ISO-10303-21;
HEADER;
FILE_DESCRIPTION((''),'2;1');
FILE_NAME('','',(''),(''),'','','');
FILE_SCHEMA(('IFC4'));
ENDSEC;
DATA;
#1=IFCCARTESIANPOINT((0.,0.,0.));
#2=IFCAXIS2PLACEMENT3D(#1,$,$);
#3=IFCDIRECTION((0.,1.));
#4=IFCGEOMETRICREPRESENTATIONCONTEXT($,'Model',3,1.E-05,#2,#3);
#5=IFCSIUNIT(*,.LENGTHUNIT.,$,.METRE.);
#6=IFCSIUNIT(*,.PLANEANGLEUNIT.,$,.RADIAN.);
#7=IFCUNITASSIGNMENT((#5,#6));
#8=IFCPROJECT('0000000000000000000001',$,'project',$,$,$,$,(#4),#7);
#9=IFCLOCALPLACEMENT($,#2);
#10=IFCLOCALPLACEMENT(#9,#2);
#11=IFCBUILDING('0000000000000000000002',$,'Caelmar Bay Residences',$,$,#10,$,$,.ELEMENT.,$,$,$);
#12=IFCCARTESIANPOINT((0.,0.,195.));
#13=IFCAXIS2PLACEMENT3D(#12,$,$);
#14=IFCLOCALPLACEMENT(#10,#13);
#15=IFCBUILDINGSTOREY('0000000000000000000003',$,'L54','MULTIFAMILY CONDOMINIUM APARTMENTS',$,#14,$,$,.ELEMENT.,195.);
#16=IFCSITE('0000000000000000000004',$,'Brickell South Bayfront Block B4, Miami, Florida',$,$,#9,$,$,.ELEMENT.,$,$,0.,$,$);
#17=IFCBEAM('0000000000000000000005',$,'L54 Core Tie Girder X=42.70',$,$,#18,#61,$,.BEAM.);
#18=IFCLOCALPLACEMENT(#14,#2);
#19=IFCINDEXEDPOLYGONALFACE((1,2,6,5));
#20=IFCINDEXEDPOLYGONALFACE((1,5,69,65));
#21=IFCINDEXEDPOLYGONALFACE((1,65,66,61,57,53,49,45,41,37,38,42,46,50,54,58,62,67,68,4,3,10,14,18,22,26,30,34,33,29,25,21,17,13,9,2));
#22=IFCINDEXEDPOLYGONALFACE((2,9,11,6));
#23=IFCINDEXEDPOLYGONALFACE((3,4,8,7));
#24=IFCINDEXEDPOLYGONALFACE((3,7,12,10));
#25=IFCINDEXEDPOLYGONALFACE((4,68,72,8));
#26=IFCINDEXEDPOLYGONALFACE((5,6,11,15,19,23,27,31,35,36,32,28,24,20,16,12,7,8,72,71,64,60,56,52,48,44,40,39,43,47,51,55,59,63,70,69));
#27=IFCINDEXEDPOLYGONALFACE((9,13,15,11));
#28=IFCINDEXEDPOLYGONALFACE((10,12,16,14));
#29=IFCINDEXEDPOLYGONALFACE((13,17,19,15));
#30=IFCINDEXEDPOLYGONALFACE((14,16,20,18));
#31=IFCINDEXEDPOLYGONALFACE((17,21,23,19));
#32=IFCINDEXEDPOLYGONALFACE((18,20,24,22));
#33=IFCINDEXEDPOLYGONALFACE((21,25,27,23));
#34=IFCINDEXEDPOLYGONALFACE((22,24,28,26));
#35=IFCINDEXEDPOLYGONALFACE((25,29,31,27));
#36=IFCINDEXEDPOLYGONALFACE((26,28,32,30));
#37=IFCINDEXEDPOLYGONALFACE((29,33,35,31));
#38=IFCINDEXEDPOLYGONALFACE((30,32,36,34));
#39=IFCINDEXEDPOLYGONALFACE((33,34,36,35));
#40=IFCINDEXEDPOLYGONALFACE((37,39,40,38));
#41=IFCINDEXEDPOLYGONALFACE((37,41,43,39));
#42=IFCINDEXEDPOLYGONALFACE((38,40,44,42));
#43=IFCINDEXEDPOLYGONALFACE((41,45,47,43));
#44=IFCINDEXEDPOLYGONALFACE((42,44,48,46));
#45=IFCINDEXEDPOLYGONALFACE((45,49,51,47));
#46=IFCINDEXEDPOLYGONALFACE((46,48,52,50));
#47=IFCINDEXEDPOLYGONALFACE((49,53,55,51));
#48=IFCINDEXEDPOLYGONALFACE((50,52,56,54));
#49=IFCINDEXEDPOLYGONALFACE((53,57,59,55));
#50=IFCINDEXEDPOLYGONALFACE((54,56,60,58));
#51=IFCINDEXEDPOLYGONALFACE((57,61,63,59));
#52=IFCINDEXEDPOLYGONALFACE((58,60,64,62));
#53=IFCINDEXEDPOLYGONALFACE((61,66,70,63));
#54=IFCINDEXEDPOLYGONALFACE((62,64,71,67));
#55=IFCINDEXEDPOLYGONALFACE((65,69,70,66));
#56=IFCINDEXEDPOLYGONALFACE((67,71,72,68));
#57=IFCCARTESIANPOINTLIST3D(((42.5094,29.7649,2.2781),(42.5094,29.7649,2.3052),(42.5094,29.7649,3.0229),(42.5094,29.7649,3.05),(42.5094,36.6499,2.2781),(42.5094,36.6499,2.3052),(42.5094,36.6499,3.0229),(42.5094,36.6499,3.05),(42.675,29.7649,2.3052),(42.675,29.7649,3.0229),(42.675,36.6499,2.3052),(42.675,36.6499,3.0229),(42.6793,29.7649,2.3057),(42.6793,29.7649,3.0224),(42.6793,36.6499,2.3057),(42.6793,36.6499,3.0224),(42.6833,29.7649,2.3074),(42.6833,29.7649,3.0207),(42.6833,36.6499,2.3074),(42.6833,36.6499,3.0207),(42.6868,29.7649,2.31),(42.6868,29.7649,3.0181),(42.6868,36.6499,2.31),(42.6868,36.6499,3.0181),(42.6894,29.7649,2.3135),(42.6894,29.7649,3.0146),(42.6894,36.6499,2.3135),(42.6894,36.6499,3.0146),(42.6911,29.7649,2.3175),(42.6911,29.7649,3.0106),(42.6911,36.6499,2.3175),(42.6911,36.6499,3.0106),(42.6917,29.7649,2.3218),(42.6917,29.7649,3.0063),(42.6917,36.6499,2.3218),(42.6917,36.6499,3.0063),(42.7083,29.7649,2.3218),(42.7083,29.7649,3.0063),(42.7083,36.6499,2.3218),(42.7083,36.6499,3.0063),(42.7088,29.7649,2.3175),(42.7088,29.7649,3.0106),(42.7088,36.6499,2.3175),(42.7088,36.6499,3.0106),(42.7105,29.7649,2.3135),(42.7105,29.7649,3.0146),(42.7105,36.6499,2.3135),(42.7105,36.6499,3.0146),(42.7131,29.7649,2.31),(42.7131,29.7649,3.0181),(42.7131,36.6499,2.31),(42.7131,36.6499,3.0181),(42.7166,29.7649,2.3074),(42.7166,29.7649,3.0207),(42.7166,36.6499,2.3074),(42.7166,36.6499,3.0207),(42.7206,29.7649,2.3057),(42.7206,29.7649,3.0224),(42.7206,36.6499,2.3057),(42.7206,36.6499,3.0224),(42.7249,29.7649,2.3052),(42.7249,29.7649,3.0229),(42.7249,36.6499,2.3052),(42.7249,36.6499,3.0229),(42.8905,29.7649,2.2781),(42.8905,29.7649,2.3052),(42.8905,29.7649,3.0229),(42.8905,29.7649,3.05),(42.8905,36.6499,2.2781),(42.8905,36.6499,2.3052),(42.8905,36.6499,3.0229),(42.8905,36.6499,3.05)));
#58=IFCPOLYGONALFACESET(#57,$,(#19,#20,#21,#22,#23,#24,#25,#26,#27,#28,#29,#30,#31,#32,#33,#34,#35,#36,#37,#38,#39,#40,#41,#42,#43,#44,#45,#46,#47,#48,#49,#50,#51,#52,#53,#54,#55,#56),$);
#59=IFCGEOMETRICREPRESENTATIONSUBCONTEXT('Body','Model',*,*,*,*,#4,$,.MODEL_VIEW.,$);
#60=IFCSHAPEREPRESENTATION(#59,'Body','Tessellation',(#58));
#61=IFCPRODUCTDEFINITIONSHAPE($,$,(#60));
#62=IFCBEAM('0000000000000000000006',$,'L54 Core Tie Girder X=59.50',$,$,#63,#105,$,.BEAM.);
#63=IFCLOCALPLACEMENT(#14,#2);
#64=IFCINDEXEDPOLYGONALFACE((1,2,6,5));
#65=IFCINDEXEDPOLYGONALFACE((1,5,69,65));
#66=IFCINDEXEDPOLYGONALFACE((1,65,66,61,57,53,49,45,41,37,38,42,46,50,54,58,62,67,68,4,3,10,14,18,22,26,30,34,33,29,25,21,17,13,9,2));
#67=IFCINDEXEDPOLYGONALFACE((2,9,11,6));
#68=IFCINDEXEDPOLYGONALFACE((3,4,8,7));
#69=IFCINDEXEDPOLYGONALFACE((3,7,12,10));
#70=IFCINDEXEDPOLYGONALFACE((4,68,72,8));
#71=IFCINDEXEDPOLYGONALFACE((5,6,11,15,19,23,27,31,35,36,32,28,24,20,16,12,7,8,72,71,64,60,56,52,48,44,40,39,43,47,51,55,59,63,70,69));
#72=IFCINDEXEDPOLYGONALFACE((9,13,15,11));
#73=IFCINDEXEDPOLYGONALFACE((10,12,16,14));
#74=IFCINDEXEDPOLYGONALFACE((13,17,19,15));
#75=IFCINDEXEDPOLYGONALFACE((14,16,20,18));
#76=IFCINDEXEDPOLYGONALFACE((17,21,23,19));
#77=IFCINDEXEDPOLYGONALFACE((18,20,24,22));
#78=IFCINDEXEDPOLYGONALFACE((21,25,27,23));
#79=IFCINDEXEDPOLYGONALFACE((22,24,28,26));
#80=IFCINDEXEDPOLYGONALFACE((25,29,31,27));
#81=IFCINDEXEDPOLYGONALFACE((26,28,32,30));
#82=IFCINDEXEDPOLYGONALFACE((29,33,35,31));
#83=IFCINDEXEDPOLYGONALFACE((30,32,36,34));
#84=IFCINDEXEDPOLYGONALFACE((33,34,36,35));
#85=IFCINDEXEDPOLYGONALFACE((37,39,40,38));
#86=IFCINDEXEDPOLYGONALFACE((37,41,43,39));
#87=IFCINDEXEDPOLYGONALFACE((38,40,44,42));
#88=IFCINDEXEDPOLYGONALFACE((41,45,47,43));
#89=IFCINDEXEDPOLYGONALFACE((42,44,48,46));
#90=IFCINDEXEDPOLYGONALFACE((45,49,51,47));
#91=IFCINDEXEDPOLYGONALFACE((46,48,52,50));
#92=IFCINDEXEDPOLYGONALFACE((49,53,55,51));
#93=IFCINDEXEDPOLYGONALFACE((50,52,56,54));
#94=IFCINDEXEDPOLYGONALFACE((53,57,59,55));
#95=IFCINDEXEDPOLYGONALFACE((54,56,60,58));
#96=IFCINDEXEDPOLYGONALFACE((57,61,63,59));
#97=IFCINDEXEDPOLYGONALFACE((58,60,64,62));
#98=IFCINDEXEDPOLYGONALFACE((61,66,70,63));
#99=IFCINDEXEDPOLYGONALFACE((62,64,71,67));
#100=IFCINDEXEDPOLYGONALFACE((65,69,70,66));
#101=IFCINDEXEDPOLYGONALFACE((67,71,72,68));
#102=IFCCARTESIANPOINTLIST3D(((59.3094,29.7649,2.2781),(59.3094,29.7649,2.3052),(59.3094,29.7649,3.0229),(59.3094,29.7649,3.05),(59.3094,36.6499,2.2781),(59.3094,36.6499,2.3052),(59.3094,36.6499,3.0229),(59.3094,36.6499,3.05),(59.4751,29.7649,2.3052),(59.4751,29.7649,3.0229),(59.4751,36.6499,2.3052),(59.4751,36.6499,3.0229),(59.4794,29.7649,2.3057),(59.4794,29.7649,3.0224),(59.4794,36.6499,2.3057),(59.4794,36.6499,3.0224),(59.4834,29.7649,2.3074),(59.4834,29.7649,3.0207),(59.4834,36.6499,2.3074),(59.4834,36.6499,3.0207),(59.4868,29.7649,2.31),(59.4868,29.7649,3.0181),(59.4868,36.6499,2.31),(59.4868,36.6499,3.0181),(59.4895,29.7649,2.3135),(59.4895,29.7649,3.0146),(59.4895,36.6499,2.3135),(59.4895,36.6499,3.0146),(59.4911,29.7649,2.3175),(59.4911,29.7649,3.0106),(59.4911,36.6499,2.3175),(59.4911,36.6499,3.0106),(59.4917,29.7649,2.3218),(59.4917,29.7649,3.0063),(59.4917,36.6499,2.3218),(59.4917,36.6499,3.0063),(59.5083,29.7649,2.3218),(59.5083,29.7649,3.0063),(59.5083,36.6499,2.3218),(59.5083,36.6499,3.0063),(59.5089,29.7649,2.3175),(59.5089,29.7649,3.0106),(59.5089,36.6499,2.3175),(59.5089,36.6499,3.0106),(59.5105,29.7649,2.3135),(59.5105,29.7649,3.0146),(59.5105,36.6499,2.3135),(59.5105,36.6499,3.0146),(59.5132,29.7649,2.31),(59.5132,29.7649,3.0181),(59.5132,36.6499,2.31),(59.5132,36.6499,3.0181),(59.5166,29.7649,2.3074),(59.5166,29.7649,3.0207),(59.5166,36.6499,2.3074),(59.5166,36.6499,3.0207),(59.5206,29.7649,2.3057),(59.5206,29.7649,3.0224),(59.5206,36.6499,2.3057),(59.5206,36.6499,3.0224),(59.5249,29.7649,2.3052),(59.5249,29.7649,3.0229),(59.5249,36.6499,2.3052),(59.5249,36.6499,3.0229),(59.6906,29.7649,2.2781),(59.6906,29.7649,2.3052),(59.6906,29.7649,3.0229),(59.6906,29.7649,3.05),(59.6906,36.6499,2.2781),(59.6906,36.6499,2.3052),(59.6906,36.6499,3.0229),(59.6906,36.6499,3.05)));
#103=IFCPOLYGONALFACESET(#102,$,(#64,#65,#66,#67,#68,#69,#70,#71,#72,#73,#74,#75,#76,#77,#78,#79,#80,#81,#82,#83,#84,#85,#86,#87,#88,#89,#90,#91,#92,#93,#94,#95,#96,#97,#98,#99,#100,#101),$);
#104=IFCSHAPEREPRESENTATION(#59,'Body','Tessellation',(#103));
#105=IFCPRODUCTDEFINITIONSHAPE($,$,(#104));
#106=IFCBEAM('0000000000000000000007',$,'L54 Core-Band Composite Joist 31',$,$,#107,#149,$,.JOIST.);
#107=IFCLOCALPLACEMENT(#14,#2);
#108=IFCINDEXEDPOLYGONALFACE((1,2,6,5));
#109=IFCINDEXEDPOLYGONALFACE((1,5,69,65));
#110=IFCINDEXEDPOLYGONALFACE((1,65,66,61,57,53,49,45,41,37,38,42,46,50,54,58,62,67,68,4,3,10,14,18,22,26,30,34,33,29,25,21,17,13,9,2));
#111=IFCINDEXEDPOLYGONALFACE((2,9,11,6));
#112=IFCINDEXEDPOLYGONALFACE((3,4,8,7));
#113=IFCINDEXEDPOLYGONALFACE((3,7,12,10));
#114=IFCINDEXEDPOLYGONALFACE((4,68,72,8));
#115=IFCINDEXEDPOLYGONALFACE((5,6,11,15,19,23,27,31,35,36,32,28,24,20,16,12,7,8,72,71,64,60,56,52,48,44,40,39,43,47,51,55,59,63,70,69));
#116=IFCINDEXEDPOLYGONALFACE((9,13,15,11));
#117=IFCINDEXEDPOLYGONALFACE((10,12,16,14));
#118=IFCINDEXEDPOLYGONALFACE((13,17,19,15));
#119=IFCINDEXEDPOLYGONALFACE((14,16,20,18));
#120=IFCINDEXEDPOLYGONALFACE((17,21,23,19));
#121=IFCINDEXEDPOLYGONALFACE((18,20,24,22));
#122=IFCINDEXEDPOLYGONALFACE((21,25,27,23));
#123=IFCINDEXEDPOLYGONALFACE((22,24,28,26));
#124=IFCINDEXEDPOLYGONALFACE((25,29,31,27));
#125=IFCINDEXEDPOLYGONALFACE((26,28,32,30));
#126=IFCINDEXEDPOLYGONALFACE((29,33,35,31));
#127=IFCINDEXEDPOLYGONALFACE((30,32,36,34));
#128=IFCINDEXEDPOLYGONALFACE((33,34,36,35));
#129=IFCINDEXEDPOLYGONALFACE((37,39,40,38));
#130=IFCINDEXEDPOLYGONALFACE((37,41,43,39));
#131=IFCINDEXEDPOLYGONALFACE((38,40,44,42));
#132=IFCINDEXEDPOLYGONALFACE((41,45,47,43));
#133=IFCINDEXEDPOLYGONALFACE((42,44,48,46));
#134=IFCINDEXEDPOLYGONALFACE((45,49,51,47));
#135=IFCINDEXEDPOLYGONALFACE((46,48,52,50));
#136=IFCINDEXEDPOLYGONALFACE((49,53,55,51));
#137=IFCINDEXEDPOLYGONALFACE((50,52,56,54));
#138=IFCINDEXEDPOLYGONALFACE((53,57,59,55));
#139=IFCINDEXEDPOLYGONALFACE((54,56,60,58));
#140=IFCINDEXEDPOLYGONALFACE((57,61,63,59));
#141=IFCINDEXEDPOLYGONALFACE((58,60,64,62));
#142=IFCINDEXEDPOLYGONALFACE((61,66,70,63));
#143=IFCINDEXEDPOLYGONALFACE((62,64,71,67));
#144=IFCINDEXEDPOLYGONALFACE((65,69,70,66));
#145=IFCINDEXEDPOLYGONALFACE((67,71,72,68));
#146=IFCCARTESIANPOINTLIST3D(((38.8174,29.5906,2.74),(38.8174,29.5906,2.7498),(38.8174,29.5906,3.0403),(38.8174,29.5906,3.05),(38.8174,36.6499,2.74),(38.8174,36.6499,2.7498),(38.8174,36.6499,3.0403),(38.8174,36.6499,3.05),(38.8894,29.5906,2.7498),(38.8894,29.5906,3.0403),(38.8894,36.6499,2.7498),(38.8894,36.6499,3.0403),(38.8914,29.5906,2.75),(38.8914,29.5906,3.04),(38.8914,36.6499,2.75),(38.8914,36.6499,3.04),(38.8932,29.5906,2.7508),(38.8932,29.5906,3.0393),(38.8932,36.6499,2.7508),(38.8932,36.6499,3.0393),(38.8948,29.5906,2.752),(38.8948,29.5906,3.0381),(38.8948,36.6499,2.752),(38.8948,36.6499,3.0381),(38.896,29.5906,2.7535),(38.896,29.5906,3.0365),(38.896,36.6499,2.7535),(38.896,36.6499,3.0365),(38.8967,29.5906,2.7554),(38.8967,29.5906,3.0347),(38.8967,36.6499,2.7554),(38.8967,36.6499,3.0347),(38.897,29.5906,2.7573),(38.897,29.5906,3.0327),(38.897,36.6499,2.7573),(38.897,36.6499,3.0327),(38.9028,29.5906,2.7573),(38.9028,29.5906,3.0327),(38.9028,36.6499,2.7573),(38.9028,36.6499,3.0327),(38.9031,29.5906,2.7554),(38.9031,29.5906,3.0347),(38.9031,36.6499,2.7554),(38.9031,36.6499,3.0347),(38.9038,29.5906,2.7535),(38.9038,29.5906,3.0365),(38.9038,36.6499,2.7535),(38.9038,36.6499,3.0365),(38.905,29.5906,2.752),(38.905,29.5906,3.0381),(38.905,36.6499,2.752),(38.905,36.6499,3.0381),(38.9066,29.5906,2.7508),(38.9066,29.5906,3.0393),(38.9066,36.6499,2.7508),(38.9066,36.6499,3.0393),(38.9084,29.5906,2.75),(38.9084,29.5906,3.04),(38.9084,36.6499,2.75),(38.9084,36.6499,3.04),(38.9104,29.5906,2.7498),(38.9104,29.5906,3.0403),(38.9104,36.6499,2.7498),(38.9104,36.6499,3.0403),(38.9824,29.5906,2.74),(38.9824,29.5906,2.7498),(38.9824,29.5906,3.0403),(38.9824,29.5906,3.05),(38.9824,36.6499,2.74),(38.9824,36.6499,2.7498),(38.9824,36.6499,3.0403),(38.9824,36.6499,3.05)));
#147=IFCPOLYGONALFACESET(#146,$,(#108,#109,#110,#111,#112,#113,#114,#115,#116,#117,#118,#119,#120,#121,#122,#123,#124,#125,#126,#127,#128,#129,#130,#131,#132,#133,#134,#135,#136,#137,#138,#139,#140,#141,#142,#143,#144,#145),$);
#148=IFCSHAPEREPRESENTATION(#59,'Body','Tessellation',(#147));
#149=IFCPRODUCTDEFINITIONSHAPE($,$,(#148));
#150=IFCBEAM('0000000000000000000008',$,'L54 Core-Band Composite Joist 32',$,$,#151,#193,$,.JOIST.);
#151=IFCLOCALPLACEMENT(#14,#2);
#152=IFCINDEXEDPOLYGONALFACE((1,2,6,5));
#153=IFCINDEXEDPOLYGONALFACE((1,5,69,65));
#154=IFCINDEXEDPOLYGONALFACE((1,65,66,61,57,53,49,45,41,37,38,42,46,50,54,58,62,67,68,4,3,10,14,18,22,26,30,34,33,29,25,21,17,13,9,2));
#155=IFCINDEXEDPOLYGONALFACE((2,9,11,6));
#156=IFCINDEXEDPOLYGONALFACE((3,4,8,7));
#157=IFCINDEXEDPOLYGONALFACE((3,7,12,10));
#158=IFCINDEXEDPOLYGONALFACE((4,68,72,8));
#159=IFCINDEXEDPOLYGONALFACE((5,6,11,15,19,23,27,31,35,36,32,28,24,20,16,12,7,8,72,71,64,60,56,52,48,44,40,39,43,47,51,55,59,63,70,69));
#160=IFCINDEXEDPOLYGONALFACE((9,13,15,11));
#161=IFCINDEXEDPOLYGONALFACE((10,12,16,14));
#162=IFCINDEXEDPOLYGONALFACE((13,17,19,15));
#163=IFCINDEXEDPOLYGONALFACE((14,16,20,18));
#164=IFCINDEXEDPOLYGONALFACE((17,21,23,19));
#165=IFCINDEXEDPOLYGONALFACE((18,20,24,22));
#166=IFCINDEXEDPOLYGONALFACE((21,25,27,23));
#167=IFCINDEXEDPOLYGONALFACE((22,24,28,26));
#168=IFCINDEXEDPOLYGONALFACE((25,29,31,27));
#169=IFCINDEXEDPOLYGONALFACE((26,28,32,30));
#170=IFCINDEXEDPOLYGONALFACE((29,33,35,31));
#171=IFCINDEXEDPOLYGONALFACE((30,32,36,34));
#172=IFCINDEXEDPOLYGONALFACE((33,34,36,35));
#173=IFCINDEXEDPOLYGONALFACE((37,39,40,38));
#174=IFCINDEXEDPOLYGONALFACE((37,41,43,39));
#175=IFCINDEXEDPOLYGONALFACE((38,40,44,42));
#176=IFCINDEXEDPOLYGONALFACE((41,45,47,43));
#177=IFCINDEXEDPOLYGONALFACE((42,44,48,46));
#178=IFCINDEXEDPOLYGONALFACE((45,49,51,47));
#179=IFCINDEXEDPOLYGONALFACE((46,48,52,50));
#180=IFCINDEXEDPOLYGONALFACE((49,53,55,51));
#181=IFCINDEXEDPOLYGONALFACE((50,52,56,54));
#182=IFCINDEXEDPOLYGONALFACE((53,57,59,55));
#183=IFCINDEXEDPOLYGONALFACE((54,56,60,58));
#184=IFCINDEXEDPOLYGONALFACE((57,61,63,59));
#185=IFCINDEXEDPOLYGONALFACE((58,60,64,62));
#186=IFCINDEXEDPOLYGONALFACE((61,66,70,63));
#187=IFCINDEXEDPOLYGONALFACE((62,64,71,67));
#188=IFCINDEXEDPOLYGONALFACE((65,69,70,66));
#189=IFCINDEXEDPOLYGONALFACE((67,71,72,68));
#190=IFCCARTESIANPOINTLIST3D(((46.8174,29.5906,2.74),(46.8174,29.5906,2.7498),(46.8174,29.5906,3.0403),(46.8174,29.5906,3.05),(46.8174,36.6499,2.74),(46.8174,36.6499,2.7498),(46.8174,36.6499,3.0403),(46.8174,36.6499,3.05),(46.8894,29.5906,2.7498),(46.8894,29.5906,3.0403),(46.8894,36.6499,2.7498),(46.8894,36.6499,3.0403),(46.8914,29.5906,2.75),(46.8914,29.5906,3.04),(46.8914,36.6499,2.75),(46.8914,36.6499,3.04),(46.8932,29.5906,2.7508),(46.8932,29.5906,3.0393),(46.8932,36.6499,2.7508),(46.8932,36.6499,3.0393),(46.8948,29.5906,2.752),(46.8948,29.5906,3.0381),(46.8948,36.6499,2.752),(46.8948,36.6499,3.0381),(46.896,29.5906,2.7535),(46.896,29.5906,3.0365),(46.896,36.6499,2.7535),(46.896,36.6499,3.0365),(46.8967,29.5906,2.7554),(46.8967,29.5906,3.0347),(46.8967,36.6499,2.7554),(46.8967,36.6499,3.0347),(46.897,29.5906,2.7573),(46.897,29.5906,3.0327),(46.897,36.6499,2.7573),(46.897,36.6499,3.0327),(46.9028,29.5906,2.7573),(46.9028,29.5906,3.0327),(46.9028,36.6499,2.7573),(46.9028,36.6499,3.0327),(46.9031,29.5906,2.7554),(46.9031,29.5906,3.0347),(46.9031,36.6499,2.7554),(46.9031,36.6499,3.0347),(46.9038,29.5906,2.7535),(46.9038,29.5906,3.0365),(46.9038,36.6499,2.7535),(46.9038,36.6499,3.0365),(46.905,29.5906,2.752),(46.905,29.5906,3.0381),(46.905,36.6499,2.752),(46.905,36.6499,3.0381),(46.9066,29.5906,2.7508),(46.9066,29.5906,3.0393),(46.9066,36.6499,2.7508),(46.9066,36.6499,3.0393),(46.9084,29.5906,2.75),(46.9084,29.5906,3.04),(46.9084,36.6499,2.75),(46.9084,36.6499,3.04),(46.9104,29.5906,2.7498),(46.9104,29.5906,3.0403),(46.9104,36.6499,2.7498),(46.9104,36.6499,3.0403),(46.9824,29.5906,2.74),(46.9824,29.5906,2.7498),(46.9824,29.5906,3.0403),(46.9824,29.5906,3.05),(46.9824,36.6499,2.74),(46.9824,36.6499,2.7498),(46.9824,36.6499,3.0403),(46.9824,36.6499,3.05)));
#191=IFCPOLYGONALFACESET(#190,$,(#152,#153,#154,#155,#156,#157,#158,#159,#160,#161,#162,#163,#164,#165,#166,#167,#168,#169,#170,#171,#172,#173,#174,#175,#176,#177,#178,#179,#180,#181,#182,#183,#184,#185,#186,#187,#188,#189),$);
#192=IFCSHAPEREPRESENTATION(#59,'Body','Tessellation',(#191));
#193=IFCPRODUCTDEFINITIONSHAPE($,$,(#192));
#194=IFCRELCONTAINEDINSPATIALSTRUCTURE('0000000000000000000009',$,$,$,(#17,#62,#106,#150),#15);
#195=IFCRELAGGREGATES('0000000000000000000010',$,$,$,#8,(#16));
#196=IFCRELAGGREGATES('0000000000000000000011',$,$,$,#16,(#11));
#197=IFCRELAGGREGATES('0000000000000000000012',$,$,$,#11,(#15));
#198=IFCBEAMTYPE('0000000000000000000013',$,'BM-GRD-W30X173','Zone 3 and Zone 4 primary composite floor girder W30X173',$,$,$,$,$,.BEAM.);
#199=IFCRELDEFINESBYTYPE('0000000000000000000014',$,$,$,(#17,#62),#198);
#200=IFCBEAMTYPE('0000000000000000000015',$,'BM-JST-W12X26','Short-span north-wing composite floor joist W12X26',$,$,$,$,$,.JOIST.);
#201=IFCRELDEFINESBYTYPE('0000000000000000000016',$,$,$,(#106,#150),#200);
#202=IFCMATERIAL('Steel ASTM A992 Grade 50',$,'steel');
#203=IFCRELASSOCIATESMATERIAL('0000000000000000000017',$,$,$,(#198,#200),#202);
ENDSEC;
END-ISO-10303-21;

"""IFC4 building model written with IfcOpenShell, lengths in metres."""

from ifc_helpers import new_model, si_unit, direction, frame, origin, origin_2d, place, context, subcontext, project, spatial, i_section, extrude, material, material_profile, profile_set, type_object, element, save


model = new_model("IFC4")

# Units and contexts
model_context = context("Model", 3, precision=1e-05, world=origin(), true_north=direction((0.0, 1.0)))
body_context = subcontext(model_context, "Body", "Model", "MODEL_VIEW")
ifc_project = project(units=[si_unit("LENGTHUNIT", "METRE"), si_unit("PLANEANGLEUNIT", "RADIAN")], contexts=[model_context])

# Site, building, storey
site_placement = place(None, origin())
site = spatial("IfcSite", under=ifc_project, at=site_placement, Name="Brickell South Bayfront Block B4, Miami, Florida", CompositionType="ELEMENT", RefElevation=0.0)
building_placement = place(site_placement, origin())
building = spatial("IfcBuilding", under=site, at=building_placement, Name="Caelmar Bay Residences", CompositionType="ELEMENT")
storey_placement = place(building_placement, frame((0.0, 0.0, 195.0)))
storey = spatial("IfcBuildingStorey", under=building, at=storey_placement, Name="L54", Description="MULTIFAMILY CONDOMINIUM APARTMENTS", CompositionType="ELEMENT", Elevation=195.0)

# Beams
ifc_material_1 = material(Name="Steel ASTM A992 Grade 50", Category="steel")
ifc_material_profile_1 = material_profile(ifc_material_1, i_section(OverallWidth=0.3811, OverallDepth=0.772, WebThickness=0.0166, FlangeThickness=0.0271, FilletRadius=0.0166, at=origin_2d()), Name="W30X173")
ifc_profile_set_1 = profile_set([ifc_material_profile_1], Name="Steel ASTM A992 Grade 50")
beam_type_1 = type_object("IfcBeamType", Name="BM-GRD-W30X173", Description="Zone 3 and Zone 4 primary composite floor girder W30X173", PredefinedType="BEAM", material=ifc_profile_set_1)
for number, where, z_axis, x_axis, name in (
    (1, (42.7, 29.7649, 2.6641), (0.0, 1.0, 0.0), (-1.0, 0.0, 0.0), "L54 Core Tie Girder X=42.70"),
    (2, (59.5, 29.7649, 2.6641), (0.0, 1.0, 0.0), (-1.0, 0.0, 0.0), "L54 Core Tie Girder X=59.50"),
):
    element("IfcBeam", number, at=place(storey_placement, frame(where, z_axis=z_axis, x_axis=x_axis)), inside=storey, type_object=beam_type_1, Name=name, PredefinedType="BEAM", context=body_context, shape_type="SweptSolid", body=[
        extrude(i_section(OverallWidth=0.3811, OverallDepth=0.772, WebThickness=0.0166, FlangeThickness=0.0271, FilletRadius=0.0166, at=origin_2d()), origin(), (0.0, 0.0, 1.0), 6.885),
    ])
ifc_material_profile_2 = material_profile(ifc_material_1, i_section(OverallWidth=0.165, OverallDepth=0.3101, WebThickness=0.0059, FlangeThickness=0.0098, FilletRadius=0.0076, at=origin_2d()), Name="W12X26")
ifc_profile_set_2 = profile_set([ifc_material_profile_2], Name="Steel ASTM A992 Grade 50")
beam_type_2 = type_object("IfcBeamType", Name="BM-JST-W12X26", Description="Short-span north-wing composite floor joist W12X26", PredefinedType="JOIST", material=ifc_profile_set_2)
for number, where, z_axis, x_axis, name in (
    (3, (38.8999, 29.5906, 2.895), (0.0, 1.0, 0.0), (-1.0, 0.0, 0.0), "L54 Core-Band Composite Joist 31"),
    (4, (46.8999, 29.5906, 2.895), (0.0, 1.0, 0.0), (-1.0, 0.0, 0.0), "L54 Core-Band Composite Joist 32"),
):
    element("IfcBeam", number, at=place(storey_placement, frame(where, z_axis=z_axis, x_axis=x_axis)), inside=storey, type_object=beam_type_2, Name=name, PredefinedType="JOIST", context=body_context, shape_type="SweptSolid", body=[
        extrude(i_section(OverallWidth=0.165, OverallDepth=0.3101, WebThickness=0.0059, FlangeThickness=0.0098, FilletRadius=0.0076, at=origin_2d()), origin(), (0.0, 0.0, 1.0), 7.0593),
    ])

save(model, "model.ifc")
